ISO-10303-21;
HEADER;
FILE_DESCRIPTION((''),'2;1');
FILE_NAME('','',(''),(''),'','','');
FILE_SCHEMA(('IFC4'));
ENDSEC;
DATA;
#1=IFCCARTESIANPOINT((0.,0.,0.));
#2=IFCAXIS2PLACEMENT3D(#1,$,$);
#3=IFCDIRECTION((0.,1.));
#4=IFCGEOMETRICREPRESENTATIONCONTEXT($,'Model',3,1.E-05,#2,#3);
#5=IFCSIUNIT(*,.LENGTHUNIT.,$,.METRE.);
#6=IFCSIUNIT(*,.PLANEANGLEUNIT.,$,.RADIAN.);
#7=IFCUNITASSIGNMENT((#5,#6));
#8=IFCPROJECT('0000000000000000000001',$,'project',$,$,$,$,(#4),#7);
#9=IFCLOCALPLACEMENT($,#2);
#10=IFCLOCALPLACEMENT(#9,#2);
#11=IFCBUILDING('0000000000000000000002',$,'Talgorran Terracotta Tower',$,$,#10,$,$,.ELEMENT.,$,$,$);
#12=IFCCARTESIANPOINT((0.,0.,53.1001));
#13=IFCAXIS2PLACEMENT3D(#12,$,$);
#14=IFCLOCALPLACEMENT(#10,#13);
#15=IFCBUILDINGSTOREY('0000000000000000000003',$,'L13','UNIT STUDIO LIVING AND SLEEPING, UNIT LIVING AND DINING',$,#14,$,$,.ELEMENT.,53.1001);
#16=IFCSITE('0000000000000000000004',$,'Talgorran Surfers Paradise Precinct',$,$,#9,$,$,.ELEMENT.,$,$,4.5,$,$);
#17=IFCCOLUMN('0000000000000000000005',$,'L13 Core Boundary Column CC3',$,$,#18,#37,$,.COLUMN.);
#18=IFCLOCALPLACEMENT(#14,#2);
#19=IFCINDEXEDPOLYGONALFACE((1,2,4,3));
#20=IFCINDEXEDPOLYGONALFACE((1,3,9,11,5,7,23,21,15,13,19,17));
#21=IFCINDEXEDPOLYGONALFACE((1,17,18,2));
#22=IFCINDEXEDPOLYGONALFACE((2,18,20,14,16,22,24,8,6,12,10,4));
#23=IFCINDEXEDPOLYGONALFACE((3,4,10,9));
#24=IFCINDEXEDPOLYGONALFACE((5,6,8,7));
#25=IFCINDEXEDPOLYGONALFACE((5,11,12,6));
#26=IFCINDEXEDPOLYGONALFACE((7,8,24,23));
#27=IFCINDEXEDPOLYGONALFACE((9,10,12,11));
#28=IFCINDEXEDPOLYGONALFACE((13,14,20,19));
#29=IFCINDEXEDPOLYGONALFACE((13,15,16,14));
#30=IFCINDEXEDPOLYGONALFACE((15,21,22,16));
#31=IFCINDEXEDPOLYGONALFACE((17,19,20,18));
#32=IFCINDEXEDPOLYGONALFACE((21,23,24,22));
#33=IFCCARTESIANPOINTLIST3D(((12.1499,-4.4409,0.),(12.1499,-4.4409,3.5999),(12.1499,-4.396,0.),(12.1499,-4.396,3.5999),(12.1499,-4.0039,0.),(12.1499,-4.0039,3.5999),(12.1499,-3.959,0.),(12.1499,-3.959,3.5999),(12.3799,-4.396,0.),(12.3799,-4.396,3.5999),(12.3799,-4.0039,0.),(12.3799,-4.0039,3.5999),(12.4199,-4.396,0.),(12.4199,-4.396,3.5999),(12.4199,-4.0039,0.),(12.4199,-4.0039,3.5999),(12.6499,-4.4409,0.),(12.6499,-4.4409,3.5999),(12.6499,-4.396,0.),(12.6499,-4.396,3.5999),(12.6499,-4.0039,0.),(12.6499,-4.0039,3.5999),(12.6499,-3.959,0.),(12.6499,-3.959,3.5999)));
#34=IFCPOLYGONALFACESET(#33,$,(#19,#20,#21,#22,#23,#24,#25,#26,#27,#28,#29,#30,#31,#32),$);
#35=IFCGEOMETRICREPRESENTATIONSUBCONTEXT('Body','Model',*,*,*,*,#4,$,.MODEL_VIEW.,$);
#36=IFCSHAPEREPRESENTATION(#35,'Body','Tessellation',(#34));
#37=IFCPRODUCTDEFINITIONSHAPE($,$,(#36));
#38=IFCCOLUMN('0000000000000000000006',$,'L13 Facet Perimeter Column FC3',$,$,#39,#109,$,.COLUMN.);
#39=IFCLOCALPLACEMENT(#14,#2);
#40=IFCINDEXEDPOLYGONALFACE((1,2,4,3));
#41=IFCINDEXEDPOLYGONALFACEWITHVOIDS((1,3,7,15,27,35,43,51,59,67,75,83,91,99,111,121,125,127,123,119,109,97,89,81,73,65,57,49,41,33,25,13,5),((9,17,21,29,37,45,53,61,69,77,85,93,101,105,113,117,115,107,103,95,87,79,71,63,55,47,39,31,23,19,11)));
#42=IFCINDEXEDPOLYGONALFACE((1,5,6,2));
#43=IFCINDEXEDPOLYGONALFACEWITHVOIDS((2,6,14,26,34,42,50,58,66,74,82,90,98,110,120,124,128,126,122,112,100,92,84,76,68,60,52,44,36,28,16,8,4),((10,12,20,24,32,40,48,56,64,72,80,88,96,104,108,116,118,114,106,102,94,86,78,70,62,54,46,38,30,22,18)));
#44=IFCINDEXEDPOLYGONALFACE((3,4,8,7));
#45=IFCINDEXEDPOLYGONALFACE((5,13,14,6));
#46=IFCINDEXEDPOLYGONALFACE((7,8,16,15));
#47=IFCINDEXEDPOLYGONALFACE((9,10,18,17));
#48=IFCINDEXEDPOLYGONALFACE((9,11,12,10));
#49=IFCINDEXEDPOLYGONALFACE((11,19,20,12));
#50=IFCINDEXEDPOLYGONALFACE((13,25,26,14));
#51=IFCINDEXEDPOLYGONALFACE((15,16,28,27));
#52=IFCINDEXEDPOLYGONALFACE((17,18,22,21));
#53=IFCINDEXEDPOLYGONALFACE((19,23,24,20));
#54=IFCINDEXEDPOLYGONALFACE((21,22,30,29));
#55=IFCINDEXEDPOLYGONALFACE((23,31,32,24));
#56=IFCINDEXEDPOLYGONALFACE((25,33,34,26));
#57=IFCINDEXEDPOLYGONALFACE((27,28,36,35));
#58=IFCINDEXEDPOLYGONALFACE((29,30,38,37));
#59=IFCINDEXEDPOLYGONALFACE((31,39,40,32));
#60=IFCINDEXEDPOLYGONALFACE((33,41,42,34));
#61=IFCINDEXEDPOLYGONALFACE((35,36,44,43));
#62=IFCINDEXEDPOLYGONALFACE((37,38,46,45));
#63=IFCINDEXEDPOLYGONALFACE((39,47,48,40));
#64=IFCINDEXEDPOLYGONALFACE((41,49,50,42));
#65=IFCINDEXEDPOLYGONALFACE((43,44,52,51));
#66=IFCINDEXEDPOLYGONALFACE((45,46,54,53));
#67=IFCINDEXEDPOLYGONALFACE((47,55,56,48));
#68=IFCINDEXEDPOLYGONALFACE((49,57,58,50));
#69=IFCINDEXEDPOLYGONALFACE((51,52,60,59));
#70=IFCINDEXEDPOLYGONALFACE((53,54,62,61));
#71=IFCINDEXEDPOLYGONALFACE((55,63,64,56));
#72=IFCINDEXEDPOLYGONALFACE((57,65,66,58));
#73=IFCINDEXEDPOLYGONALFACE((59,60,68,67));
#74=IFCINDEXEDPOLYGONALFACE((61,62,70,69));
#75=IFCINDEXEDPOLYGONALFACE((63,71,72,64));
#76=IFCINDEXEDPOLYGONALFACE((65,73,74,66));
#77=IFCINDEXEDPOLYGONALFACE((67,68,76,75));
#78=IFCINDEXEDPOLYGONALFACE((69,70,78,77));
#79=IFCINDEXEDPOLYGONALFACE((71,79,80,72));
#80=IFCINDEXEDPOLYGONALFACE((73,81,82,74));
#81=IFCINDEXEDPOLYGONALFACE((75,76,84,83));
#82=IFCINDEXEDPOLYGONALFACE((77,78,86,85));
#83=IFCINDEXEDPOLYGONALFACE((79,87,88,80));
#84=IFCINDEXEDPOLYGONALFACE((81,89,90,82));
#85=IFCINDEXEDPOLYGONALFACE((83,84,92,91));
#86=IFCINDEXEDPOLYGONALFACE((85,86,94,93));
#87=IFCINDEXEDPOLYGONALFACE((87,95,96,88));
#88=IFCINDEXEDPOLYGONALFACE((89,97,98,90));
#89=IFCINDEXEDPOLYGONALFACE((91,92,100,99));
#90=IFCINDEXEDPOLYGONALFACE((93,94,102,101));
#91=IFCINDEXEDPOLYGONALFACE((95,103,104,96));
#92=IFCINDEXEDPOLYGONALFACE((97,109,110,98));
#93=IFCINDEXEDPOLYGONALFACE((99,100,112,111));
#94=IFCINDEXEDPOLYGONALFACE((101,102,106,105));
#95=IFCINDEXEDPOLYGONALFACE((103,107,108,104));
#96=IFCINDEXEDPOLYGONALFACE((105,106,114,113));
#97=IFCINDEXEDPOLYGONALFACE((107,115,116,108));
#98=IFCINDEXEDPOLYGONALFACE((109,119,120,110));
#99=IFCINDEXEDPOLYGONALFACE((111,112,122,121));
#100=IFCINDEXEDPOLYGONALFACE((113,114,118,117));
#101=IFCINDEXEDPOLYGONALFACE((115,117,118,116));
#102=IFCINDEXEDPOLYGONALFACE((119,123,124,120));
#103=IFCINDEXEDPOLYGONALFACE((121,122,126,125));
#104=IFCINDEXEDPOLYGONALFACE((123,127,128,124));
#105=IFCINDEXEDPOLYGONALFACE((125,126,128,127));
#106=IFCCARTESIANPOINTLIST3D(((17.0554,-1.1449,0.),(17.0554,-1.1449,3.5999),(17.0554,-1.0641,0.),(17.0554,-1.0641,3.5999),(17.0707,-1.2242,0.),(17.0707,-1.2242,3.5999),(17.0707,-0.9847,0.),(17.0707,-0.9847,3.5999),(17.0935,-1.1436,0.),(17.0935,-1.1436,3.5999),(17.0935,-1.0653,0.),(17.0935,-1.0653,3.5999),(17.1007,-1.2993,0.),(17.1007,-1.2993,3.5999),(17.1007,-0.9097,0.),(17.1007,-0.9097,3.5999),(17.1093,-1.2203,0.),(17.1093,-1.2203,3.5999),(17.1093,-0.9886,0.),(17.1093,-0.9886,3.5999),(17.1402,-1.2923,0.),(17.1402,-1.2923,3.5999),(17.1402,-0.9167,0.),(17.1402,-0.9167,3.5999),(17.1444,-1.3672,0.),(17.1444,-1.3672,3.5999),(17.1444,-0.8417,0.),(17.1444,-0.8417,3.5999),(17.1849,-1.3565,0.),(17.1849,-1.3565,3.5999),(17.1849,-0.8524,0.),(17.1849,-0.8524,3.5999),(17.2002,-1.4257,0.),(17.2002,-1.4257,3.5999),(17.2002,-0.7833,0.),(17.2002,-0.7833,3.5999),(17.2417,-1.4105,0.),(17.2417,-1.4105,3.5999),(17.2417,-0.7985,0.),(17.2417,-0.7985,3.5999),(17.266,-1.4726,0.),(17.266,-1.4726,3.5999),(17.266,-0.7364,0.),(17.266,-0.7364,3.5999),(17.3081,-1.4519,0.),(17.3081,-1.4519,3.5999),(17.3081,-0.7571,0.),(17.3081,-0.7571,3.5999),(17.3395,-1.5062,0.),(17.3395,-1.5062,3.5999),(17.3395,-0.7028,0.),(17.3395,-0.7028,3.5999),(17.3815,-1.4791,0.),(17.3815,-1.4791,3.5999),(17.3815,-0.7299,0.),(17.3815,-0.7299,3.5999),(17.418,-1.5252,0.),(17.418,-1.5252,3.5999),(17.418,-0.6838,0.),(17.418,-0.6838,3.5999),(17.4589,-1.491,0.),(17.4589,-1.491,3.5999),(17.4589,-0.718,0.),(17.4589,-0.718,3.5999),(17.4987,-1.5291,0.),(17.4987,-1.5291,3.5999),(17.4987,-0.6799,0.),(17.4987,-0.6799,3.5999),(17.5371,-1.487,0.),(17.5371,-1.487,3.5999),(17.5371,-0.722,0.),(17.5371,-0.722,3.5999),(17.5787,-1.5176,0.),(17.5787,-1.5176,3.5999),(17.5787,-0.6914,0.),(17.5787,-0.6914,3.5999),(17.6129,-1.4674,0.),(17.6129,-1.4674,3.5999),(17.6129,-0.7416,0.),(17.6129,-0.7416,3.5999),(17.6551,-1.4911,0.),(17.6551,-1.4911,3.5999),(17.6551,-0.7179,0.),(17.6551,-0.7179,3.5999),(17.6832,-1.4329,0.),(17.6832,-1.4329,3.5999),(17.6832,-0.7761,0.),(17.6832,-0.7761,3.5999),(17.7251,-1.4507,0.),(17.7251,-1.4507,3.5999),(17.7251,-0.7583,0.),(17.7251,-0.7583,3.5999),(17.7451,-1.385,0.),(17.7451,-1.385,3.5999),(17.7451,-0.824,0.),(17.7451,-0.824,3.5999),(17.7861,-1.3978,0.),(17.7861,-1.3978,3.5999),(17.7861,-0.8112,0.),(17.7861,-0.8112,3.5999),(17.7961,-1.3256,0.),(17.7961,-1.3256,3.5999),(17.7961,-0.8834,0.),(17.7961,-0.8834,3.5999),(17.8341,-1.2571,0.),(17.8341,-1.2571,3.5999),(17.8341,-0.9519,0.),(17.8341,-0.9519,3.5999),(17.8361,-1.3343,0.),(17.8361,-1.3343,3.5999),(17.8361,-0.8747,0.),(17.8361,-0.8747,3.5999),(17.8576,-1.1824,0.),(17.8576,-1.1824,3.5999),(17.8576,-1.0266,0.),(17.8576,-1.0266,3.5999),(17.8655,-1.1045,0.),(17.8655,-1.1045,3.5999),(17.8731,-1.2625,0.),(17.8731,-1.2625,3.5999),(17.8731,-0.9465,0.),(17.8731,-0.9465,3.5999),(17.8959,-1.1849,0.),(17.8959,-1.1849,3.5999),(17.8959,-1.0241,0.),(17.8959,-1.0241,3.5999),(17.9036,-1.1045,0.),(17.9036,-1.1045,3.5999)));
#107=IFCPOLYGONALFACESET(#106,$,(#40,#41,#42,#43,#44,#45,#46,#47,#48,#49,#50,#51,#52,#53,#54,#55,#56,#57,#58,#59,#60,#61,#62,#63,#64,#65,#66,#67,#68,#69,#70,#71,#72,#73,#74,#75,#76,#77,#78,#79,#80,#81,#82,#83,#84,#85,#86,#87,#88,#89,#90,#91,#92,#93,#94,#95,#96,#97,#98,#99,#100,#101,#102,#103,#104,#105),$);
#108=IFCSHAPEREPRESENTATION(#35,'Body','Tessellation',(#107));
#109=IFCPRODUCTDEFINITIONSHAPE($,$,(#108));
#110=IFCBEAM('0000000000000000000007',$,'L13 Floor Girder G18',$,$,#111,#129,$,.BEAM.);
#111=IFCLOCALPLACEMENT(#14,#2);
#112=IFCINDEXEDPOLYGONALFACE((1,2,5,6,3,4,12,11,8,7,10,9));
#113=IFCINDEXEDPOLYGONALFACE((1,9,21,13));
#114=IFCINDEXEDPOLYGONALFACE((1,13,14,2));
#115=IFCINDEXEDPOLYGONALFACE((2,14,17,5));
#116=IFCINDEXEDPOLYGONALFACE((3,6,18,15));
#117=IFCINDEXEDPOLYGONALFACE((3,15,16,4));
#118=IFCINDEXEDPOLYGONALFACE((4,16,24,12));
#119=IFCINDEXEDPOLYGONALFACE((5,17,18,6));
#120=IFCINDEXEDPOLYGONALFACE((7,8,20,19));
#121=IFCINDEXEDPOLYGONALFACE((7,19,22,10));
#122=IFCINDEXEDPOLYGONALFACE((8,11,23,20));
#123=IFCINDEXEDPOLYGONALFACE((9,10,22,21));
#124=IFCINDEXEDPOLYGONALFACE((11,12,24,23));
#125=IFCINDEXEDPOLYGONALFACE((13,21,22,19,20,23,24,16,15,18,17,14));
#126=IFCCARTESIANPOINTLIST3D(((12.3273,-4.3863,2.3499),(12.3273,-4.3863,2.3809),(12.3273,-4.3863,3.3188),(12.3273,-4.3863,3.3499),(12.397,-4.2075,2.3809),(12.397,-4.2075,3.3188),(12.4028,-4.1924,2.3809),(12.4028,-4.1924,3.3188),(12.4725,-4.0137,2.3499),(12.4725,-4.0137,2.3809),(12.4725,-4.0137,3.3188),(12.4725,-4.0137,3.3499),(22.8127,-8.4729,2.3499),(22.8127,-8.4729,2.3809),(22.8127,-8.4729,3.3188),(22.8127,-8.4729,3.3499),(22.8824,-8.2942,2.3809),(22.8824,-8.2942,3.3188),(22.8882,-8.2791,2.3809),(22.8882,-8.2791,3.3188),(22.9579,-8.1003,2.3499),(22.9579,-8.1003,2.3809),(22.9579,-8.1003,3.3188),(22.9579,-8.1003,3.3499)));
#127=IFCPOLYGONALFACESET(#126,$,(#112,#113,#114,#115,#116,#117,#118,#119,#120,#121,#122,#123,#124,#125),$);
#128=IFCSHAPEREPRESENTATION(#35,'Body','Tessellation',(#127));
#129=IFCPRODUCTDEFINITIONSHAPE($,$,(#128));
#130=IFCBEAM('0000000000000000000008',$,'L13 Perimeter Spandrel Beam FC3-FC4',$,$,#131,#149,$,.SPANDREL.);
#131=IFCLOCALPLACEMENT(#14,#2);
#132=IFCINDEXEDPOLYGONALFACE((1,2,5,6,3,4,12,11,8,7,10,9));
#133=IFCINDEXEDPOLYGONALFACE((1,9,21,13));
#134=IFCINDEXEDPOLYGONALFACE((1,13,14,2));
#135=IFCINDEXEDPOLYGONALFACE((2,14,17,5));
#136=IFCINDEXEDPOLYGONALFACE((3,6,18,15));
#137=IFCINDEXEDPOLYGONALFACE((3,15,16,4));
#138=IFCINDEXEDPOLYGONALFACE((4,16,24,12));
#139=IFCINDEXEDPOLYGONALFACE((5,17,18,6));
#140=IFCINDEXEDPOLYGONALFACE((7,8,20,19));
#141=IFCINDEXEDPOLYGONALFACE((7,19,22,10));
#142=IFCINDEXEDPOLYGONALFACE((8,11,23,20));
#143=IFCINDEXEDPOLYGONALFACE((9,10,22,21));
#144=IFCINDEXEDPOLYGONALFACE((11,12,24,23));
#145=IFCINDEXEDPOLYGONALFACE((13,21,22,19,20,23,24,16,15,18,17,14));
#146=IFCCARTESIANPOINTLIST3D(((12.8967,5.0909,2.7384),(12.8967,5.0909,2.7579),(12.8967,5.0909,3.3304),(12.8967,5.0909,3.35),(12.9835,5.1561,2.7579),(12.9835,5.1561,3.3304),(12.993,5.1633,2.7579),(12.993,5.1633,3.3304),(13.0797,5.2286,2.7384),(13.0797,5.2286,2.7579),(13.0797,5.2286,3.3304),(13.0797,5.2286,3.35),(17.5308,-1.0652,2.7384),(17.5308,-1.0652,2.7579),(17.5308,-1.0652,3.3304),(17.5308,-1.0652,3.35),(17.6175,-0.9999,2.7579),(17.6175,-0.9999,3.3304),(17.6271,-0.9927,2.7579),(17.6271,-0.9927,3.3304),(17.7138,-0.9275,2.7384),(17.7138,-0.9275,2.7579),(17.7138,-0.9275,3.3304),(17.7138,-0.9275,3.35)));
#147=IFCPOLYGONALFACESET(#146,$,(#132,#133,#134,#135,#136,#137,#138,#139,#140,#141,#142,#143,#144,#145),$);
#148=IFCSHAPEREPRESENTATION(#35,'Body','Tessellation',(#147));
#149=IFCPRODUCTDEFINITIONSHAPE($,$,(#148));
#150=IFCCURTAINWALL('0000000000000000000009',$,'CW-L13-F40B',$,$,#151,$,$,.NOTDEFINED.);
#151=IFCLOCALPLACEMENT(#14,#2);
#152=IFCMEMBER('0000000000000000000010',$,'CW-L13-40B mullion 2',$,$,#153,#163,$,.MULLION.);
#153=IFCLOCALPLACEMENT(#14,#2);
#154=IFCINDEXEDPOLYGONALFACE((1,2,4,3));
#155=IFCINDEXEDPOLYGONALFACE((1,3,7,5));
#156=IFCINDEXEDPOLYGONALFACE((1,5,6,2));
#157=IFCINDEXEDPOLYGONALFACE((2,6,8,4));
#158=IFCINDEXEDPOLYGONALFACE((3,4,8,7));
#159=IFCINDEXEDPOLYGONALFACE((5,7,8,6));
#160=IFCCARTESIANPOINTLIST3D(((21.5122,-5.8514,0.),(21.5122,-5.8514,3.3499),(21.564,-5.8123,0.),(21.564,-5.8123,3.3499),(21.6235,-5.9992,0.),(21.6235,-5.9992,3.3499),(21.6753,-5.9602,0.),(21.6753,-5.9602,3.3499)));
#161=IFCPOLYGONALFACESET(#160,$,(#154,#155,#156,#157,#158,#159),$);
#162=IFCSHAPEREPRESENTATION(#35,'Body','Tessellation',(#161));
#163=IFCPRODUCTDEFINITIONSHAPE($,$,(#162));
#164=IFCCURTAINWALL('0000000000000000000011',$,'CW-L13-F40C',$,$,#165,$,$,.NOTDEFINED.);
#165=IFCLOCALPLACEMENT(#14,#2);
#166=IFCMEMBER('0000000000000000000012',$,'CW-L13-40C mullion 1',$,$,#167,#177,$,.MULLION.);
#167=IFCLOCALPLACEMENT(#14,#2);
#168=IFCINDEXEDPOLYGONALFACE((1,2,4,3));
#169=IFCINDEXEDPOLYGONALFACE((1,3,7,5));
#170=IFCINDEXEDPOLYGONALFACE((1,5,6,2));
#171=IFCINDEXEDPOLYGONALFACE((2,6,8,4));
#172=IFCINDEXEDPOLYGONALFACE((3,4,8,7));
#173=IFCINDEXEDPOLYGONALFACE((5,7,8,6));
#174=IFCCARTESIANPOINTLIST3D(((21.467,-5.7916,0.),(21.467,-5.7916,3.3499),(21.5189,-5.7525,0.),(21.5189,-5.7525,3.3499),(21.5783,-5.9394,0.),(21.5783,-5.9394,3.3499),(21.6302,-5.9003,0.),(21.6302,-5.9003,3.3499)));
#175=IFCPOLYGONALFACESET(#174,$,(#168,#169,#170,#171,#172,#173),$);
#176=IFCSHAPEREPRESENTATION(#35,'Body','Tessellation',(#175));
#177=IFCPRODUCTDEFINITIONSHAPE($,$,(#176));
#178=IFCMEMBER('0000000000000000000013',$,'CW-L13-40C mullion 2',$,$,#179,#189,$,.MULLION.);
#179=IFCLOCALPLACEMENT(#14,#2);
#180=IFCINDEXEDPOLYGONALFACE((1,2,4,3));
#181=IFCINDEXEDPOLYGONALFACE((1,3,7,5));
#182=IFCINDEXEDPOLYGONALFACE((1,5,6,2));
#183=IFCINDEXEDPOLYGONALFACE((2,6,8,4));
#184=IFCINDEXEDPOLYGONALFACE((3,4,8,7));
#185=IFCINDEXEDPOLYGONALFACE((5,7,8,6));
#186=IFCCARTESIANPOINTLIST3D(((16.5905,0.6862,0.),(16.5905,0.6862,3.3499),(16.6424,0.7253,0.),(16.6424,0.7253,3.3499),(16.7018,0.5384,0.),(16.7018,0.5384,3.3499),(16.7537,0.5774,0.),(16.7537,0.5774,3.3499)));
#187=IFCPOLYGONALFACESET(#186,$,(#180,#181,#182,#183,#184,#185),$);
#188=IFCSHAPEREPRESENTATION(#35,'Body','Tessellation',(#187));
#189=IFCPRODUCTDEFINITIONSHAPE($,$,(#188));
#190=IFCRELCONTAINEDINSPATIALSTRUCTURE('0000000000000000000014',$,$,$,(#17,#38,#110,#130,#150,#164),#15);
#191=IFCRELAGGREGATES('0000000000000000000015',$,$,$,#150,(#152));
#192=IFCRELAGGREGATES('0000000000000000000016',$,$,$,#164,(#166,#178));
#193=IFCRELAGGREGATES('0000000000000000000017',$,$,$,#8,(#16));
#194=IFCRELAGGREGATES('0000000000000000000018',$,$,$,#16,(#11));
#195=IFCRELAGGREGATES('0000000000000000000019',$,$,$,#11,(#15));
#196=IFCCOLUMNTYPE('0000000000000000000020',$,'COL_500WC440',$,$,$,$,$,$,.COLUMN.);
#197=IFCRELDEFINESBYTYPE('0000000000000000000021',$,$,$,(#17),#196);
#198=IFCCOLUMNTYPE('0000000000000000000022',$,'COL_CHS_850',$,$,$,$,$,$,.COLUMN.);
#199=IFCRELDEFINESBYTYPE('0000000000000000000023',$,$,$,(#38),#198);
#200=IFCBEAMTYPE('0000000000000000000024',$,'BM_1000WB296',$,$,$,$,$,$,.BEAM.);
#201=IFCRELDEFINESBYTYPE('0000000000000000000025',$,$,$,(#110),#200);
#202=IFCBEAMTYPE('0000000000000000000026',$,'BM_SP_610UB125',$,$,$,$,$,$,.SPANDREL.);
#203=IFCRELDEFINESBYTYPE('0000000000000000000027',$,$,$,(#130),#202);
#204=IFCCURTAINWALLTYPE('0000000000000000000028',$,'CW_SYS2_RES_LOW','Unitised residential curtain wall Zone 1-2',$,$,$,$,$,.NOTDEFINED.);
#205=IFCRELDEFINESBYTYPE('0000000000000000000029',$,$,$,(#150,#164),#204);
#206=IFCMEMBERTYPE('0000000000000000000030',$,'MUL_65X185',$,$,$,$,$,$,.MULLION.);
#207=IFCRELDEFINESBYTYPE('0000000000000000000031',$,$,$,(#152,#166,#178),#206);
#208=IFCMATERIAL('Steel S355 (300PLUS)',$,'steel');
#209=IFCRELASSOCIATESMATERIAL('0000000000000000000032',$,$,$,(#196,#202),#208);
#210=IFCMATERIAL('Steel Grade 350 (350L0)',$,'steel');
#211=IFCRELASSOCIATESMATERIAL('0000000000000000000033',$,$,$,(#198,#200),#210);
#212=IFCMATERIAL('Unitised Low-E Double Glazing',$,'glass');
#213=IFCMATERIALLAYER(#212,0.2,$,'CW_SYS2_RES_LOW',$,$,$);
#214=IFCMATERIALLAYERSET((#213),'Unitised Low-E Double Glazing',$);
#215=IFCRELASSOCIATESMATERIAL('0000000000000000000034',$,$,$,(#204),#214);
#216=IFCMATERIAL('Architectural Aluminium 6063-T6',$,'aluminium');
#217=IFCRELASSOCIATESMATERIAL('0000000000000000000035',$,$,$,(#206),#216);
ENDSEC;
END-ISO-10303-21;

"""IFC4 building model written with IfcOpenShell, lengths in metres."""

from ifc_helpers import new_model, si_unit, direction, frame, origin, origin_2d, place, context, subcontext, project, spatial, rectangle, hollow_circle, i_section, extrude, material, layer, layer_set, material_profile, profile_set, type_object, element, aggregate, save


model = new_model("IFC4")

# Units and contexts
model_context = context("Model", 3, precision=1e-05, world=origin(), true_north=direction((0.0, 1.0)))
body_context = subcontext(model_context, "Body", "Model", "MODEL_VIEW")
ifc_project = project(units=[si_unit("LENGTHUNIT", "METRE"), si_unit("PLANEANGLEUNIT", "RADIAN")], contexts=[model_context])

# Site, building, storey
site_placement = place(None, origin())
site = spatial("IfcSite", under=ifc_project, at=site_placement, Name="Talgorran Surfers Paradise Precinct", CompositionType="ELEMENT", RefElevation=4.5)
building_placement = place(site_placement, origin())
building = spatial("IfcBuilding", under=site, at=building_placement, Name="Talgorran Terracotta Tower", CompositionType="ELEMENT")
storey_placement = place(building_placement, frame((0.0, 0.0, 53.1001)))
storey = spatial("IfcBuildingStorey", under=building, at=storey_placement, Name="L13", Description="UNIT STUDIO LIVING AND SLEEPING, UNIT LIVING AND DINING", CompositionType="ELEMENT", Elevation=53.1001)

# Columns
ifc_material_1 = material(Name="Steel S355 (300PLUS)", Category="steel")
ifc_material_profile_1 = material_profile(ifc_material_1, i_section(OverallWidth=0.5, OverallDepth=0.4819, WebThickness=0.04, FlangeThickness=0.0449, at=origin_2d()), Name="500WC440")
ifc_profile_set_1 = profile_set([ifc_material_profile_1], Name="Steel S355 (300PLUS)")
column_type_1 = type_object("IfcColumnType", Name="COL_500WC440", PredefinedType="COLUMN", material=ifc_profile_set_1)
column_1_placement = place(storey_placement, frame((12.3999, -4.2, 0.0), z_axis=(0.0, 0.0, 1.0), x_axis=(1.0, 0.0, 0.0)))
element("IfcColumn", 1, at=column_1_placement, inside=storey, type_object=column_type_1, Name="L13 Core Boundary Column CC3", PredefinedType="COLUMN", context=body_context, shape_type="SweptSolid", body=[
    extrude(i_section(OverallWidth=0.5, OverallDepth=0.4819, WebThickness=0.04, FlangeThickness=0.0449, at=origin_2d()), origin(), (0.0, 0.0, 1.0), 3.5999),
])
ifc_material_2 = material(Name="Steel Grade 350 (350L0)", Category="steel")
ifc_material_profile_2 = material_profile(ifc_material_2, hollow_circle(Radius=0.425, WallThickness=0.0381, at=origin_2d()), Name="CHS850X38")
ifc_profile_set_2 = profile_set([ifc_material_profile_2], Name="Steel Grade 350 (350L0)")
column_type_2 = type_object("IfcColumnType", Name="COL_CHS_850", PredefinedType="COLUMN", material=ifc_profile_set_2)
column_2_placement = place(storey_placement, frame((17.4785, -1.1045, 0.0), z_axis=(0.0, 0.0, 1.0), x_axis=(1.0, 0.0, 0.0)))
element("IfcColumn", 2, at=column_2_placement, inside=storey, type_object=column_type_2, Name="L13 Facet Perimeter Column FC3", PredefinedType="COLUMN", context=body_context, shape_type="SweptSolid", body=[
    extrude(hollow_circle(Radius=0.425, WallThickness=0.0381, at=origin_2d()), origin(), (0.0, 0.0, 1.0), 3.5999),
])

# Beams
ifc_material_profile_3 = material_profile(ifc_material_2, i_section(OverallWidth=0.3999, OverallDepth=1.0, WebThickness=0.0161, FlangeThickness=0.031, at=origin_2d()), Name="1000WB296")
ifc_profile_set_3 = profile_set([ifc_material_profile_3], Name="Steel Grade 350 (350L0)")
beam_type_1 = type_object("IfcBeamType", Name="BM_1000WB296", PredefinedType="BEAM", material=ifc_profile_set_3)
beam_1_placement = place(storey_placement, frame((12.3999, -4.2, 2.8499), z_axis=(0.931733, -0.363143, 0.0), x_axis=(0.363143, 0.931733, 0.0)))
element("IfcBeam", 3, at=beam_1_placement, inside=storey, type_object=beam_type_1, Name="L13 Floor Girder G18", PredefinedType="BEAM", context=body_context, shape_type="SweptSolid", body=[
    extrude(i_section(OverallWidth=0.3999, OverallDepth=1.0, WebThickness=0.0161, FlangeThickness=0.031, at=origin_2d()), origin(), (0.0, 0.0, 1.0), 11.2537),
])
ifc_material_profile_4 = material_profile(ifc_material_1, i_section(OverallWidth=0.229, OverallDepth=0.6116, WebThickness=0.012, FlangeThickness=0.0195, at=origin_2d()), Name="610UB125")
ifc_profile_set_4 = profile_set([ifc_material_profile_4], Name="Steel S355 (300PLUS)")
beam_type_2 = type_object("IfcBeamType", Name="BM_SP_610UB125", PredefinedType="SPANDREL", material=ifc_profile_set_4)
beam_2_placement = place(storey_placement, frame((17.6223, -0.9963, 3.0442), z_axis=(-0.601413, 0.798938, 0.0), x_axis=(-0.798938, -0.601413, 0.0)))
element("IfcBeam", 4, at=beam_2_placement, inside=storey, type_object=beam_type_2, Name="L13 Perimeter Spandrel Beam FC3-FC4", PredefinedType="SPANDREL", context=body_context, shape_type="SweptSolid", body=[
    extrude(i_section(OverallWidth=0.229, OverallDepth=0.6116, WebThickness=0.012, FlangeThickness=0.0195, at=origin_2d()), origin(), (0.0, 0.0, 1.0), 7.7053),
])

# Curtain wall, member
ifc_material_3 = material(Name="Unitised Low-E Double Glazing", Category="glass")
ifc_layer_1 = layer(ifc_material_3, 0.2, Name="CW_SYS2_RES_LOW")
ifc_layer_set_1 = layer_set([ifc_layer_1], Name="Unitised Low-E Double Glazing")
curtain_wall_type = type_object("IfcCurtainWallType", Name="CW_SYS2_RES_LOW", Description="Unitised residential curtain wall Zone 1-2", PredefinedType="NOTDEFINED", material=ifc_layer_set_1)
curtain_wall_1_placement = place(storey_placement, origin())
curtain_wall_1 = element("IfcCurtainWall", 5, at=curtain_wall_1_placement, inside=storey, type_object=curtain_wall_type, Name="CW-L13-F40B", PredefinedType="NOTDEFINED")
ifc_material_4 = material(Name="Architectural Aluminium 6063-T6", Category="aluminium")
ifc_material_profile_5 = material_profile(ifc_material_4, rectangle(XDim=0.0649, YDim=0.1851, at=origin_2d()), Name="CWM65X185")
ifc_profile_set_5 = profile_set([ifc_material_profile_5], Name="Architectural Aluminium 6063-T6")
member_type_1 = type_object("IfcMemberType", Name="MUL_65X185", PredefinedType="MULLION", material=ifc_profile_set_5)
member_1_placement = place(storey_placement, frame((21.5938, -5.9058, 0.0), z_axis=(0.0, 0.0, 1.0), x_axis=(-0.798919, -0.601439, 0.0)))
member_1 = element("IfcMember", 6, at=member_1_placement, type_object=member_type_1, Name="CW-L13-40B mullion 2", PredefinedType="MULLION", context=body_context, shape_type="SweptSolid", body=[
    extrude(rectangle(XDim=0.0649, YDim=0.1851, at=origin_2d()), origin(), (0.0, 0.0, 1.0), 3.3499),
])
aggregate(curtain_wall_1, [member_1])

# Curtain wall, members
curtain_wall_2_placement = place(storey_placement, origin())
curtain_wall_2 = element("IfcCurtainWall", 7, at=curtain_wall_2_placement, inside=storey, type_object=curtain_wall_type, Name="CW-L13-F40C", PredefinedType="NOTDEFINED")
member_2_placement = place(storey_placement, frame((21.5486, -5.8459, 0.0), z_axis=(0.0, 0.0, 1.0), x_axis=(-0.798917, -0.601442, 0.0)))
member_2 = element("IfcMember", 8, at=member_2_placement, type_object=member_type_1, Name="CW-L13-40C mullion 1", PredefinedType="MULLION", context=body_context, shape_type="SweptSolid", body=[
    extrude(rectangle(XDim=0.0649, YDim=0.1851, at=origin_2d()), origin(), (0.0, 0.0, 1.0), 3.3499),
])
member_3_placement = place(storey_placement, frame((16.6721, 0.6318, 0.0), z_axis=(0.0, 0.0, 1.0), x_axis=(-0.798917, -0.601442, 0.0)))
member_3 = element("IfcMember", 9, at=member_3_placement, type_object=member_type_1, Name="CW-L13-40C mullion 2", PredefinedType="MULLION", context=body_context, shape_type="SweptSolid", body=[
    extrude(rectangle(XDim=0.0649, YDim=0.1851, at=origin_2d()), origin(), (0.0, 0.0, 1.0), 3.3499),
])

aggregate(curtain_wall_2, [member_2, member_3])

save(model, "model.ifc")
